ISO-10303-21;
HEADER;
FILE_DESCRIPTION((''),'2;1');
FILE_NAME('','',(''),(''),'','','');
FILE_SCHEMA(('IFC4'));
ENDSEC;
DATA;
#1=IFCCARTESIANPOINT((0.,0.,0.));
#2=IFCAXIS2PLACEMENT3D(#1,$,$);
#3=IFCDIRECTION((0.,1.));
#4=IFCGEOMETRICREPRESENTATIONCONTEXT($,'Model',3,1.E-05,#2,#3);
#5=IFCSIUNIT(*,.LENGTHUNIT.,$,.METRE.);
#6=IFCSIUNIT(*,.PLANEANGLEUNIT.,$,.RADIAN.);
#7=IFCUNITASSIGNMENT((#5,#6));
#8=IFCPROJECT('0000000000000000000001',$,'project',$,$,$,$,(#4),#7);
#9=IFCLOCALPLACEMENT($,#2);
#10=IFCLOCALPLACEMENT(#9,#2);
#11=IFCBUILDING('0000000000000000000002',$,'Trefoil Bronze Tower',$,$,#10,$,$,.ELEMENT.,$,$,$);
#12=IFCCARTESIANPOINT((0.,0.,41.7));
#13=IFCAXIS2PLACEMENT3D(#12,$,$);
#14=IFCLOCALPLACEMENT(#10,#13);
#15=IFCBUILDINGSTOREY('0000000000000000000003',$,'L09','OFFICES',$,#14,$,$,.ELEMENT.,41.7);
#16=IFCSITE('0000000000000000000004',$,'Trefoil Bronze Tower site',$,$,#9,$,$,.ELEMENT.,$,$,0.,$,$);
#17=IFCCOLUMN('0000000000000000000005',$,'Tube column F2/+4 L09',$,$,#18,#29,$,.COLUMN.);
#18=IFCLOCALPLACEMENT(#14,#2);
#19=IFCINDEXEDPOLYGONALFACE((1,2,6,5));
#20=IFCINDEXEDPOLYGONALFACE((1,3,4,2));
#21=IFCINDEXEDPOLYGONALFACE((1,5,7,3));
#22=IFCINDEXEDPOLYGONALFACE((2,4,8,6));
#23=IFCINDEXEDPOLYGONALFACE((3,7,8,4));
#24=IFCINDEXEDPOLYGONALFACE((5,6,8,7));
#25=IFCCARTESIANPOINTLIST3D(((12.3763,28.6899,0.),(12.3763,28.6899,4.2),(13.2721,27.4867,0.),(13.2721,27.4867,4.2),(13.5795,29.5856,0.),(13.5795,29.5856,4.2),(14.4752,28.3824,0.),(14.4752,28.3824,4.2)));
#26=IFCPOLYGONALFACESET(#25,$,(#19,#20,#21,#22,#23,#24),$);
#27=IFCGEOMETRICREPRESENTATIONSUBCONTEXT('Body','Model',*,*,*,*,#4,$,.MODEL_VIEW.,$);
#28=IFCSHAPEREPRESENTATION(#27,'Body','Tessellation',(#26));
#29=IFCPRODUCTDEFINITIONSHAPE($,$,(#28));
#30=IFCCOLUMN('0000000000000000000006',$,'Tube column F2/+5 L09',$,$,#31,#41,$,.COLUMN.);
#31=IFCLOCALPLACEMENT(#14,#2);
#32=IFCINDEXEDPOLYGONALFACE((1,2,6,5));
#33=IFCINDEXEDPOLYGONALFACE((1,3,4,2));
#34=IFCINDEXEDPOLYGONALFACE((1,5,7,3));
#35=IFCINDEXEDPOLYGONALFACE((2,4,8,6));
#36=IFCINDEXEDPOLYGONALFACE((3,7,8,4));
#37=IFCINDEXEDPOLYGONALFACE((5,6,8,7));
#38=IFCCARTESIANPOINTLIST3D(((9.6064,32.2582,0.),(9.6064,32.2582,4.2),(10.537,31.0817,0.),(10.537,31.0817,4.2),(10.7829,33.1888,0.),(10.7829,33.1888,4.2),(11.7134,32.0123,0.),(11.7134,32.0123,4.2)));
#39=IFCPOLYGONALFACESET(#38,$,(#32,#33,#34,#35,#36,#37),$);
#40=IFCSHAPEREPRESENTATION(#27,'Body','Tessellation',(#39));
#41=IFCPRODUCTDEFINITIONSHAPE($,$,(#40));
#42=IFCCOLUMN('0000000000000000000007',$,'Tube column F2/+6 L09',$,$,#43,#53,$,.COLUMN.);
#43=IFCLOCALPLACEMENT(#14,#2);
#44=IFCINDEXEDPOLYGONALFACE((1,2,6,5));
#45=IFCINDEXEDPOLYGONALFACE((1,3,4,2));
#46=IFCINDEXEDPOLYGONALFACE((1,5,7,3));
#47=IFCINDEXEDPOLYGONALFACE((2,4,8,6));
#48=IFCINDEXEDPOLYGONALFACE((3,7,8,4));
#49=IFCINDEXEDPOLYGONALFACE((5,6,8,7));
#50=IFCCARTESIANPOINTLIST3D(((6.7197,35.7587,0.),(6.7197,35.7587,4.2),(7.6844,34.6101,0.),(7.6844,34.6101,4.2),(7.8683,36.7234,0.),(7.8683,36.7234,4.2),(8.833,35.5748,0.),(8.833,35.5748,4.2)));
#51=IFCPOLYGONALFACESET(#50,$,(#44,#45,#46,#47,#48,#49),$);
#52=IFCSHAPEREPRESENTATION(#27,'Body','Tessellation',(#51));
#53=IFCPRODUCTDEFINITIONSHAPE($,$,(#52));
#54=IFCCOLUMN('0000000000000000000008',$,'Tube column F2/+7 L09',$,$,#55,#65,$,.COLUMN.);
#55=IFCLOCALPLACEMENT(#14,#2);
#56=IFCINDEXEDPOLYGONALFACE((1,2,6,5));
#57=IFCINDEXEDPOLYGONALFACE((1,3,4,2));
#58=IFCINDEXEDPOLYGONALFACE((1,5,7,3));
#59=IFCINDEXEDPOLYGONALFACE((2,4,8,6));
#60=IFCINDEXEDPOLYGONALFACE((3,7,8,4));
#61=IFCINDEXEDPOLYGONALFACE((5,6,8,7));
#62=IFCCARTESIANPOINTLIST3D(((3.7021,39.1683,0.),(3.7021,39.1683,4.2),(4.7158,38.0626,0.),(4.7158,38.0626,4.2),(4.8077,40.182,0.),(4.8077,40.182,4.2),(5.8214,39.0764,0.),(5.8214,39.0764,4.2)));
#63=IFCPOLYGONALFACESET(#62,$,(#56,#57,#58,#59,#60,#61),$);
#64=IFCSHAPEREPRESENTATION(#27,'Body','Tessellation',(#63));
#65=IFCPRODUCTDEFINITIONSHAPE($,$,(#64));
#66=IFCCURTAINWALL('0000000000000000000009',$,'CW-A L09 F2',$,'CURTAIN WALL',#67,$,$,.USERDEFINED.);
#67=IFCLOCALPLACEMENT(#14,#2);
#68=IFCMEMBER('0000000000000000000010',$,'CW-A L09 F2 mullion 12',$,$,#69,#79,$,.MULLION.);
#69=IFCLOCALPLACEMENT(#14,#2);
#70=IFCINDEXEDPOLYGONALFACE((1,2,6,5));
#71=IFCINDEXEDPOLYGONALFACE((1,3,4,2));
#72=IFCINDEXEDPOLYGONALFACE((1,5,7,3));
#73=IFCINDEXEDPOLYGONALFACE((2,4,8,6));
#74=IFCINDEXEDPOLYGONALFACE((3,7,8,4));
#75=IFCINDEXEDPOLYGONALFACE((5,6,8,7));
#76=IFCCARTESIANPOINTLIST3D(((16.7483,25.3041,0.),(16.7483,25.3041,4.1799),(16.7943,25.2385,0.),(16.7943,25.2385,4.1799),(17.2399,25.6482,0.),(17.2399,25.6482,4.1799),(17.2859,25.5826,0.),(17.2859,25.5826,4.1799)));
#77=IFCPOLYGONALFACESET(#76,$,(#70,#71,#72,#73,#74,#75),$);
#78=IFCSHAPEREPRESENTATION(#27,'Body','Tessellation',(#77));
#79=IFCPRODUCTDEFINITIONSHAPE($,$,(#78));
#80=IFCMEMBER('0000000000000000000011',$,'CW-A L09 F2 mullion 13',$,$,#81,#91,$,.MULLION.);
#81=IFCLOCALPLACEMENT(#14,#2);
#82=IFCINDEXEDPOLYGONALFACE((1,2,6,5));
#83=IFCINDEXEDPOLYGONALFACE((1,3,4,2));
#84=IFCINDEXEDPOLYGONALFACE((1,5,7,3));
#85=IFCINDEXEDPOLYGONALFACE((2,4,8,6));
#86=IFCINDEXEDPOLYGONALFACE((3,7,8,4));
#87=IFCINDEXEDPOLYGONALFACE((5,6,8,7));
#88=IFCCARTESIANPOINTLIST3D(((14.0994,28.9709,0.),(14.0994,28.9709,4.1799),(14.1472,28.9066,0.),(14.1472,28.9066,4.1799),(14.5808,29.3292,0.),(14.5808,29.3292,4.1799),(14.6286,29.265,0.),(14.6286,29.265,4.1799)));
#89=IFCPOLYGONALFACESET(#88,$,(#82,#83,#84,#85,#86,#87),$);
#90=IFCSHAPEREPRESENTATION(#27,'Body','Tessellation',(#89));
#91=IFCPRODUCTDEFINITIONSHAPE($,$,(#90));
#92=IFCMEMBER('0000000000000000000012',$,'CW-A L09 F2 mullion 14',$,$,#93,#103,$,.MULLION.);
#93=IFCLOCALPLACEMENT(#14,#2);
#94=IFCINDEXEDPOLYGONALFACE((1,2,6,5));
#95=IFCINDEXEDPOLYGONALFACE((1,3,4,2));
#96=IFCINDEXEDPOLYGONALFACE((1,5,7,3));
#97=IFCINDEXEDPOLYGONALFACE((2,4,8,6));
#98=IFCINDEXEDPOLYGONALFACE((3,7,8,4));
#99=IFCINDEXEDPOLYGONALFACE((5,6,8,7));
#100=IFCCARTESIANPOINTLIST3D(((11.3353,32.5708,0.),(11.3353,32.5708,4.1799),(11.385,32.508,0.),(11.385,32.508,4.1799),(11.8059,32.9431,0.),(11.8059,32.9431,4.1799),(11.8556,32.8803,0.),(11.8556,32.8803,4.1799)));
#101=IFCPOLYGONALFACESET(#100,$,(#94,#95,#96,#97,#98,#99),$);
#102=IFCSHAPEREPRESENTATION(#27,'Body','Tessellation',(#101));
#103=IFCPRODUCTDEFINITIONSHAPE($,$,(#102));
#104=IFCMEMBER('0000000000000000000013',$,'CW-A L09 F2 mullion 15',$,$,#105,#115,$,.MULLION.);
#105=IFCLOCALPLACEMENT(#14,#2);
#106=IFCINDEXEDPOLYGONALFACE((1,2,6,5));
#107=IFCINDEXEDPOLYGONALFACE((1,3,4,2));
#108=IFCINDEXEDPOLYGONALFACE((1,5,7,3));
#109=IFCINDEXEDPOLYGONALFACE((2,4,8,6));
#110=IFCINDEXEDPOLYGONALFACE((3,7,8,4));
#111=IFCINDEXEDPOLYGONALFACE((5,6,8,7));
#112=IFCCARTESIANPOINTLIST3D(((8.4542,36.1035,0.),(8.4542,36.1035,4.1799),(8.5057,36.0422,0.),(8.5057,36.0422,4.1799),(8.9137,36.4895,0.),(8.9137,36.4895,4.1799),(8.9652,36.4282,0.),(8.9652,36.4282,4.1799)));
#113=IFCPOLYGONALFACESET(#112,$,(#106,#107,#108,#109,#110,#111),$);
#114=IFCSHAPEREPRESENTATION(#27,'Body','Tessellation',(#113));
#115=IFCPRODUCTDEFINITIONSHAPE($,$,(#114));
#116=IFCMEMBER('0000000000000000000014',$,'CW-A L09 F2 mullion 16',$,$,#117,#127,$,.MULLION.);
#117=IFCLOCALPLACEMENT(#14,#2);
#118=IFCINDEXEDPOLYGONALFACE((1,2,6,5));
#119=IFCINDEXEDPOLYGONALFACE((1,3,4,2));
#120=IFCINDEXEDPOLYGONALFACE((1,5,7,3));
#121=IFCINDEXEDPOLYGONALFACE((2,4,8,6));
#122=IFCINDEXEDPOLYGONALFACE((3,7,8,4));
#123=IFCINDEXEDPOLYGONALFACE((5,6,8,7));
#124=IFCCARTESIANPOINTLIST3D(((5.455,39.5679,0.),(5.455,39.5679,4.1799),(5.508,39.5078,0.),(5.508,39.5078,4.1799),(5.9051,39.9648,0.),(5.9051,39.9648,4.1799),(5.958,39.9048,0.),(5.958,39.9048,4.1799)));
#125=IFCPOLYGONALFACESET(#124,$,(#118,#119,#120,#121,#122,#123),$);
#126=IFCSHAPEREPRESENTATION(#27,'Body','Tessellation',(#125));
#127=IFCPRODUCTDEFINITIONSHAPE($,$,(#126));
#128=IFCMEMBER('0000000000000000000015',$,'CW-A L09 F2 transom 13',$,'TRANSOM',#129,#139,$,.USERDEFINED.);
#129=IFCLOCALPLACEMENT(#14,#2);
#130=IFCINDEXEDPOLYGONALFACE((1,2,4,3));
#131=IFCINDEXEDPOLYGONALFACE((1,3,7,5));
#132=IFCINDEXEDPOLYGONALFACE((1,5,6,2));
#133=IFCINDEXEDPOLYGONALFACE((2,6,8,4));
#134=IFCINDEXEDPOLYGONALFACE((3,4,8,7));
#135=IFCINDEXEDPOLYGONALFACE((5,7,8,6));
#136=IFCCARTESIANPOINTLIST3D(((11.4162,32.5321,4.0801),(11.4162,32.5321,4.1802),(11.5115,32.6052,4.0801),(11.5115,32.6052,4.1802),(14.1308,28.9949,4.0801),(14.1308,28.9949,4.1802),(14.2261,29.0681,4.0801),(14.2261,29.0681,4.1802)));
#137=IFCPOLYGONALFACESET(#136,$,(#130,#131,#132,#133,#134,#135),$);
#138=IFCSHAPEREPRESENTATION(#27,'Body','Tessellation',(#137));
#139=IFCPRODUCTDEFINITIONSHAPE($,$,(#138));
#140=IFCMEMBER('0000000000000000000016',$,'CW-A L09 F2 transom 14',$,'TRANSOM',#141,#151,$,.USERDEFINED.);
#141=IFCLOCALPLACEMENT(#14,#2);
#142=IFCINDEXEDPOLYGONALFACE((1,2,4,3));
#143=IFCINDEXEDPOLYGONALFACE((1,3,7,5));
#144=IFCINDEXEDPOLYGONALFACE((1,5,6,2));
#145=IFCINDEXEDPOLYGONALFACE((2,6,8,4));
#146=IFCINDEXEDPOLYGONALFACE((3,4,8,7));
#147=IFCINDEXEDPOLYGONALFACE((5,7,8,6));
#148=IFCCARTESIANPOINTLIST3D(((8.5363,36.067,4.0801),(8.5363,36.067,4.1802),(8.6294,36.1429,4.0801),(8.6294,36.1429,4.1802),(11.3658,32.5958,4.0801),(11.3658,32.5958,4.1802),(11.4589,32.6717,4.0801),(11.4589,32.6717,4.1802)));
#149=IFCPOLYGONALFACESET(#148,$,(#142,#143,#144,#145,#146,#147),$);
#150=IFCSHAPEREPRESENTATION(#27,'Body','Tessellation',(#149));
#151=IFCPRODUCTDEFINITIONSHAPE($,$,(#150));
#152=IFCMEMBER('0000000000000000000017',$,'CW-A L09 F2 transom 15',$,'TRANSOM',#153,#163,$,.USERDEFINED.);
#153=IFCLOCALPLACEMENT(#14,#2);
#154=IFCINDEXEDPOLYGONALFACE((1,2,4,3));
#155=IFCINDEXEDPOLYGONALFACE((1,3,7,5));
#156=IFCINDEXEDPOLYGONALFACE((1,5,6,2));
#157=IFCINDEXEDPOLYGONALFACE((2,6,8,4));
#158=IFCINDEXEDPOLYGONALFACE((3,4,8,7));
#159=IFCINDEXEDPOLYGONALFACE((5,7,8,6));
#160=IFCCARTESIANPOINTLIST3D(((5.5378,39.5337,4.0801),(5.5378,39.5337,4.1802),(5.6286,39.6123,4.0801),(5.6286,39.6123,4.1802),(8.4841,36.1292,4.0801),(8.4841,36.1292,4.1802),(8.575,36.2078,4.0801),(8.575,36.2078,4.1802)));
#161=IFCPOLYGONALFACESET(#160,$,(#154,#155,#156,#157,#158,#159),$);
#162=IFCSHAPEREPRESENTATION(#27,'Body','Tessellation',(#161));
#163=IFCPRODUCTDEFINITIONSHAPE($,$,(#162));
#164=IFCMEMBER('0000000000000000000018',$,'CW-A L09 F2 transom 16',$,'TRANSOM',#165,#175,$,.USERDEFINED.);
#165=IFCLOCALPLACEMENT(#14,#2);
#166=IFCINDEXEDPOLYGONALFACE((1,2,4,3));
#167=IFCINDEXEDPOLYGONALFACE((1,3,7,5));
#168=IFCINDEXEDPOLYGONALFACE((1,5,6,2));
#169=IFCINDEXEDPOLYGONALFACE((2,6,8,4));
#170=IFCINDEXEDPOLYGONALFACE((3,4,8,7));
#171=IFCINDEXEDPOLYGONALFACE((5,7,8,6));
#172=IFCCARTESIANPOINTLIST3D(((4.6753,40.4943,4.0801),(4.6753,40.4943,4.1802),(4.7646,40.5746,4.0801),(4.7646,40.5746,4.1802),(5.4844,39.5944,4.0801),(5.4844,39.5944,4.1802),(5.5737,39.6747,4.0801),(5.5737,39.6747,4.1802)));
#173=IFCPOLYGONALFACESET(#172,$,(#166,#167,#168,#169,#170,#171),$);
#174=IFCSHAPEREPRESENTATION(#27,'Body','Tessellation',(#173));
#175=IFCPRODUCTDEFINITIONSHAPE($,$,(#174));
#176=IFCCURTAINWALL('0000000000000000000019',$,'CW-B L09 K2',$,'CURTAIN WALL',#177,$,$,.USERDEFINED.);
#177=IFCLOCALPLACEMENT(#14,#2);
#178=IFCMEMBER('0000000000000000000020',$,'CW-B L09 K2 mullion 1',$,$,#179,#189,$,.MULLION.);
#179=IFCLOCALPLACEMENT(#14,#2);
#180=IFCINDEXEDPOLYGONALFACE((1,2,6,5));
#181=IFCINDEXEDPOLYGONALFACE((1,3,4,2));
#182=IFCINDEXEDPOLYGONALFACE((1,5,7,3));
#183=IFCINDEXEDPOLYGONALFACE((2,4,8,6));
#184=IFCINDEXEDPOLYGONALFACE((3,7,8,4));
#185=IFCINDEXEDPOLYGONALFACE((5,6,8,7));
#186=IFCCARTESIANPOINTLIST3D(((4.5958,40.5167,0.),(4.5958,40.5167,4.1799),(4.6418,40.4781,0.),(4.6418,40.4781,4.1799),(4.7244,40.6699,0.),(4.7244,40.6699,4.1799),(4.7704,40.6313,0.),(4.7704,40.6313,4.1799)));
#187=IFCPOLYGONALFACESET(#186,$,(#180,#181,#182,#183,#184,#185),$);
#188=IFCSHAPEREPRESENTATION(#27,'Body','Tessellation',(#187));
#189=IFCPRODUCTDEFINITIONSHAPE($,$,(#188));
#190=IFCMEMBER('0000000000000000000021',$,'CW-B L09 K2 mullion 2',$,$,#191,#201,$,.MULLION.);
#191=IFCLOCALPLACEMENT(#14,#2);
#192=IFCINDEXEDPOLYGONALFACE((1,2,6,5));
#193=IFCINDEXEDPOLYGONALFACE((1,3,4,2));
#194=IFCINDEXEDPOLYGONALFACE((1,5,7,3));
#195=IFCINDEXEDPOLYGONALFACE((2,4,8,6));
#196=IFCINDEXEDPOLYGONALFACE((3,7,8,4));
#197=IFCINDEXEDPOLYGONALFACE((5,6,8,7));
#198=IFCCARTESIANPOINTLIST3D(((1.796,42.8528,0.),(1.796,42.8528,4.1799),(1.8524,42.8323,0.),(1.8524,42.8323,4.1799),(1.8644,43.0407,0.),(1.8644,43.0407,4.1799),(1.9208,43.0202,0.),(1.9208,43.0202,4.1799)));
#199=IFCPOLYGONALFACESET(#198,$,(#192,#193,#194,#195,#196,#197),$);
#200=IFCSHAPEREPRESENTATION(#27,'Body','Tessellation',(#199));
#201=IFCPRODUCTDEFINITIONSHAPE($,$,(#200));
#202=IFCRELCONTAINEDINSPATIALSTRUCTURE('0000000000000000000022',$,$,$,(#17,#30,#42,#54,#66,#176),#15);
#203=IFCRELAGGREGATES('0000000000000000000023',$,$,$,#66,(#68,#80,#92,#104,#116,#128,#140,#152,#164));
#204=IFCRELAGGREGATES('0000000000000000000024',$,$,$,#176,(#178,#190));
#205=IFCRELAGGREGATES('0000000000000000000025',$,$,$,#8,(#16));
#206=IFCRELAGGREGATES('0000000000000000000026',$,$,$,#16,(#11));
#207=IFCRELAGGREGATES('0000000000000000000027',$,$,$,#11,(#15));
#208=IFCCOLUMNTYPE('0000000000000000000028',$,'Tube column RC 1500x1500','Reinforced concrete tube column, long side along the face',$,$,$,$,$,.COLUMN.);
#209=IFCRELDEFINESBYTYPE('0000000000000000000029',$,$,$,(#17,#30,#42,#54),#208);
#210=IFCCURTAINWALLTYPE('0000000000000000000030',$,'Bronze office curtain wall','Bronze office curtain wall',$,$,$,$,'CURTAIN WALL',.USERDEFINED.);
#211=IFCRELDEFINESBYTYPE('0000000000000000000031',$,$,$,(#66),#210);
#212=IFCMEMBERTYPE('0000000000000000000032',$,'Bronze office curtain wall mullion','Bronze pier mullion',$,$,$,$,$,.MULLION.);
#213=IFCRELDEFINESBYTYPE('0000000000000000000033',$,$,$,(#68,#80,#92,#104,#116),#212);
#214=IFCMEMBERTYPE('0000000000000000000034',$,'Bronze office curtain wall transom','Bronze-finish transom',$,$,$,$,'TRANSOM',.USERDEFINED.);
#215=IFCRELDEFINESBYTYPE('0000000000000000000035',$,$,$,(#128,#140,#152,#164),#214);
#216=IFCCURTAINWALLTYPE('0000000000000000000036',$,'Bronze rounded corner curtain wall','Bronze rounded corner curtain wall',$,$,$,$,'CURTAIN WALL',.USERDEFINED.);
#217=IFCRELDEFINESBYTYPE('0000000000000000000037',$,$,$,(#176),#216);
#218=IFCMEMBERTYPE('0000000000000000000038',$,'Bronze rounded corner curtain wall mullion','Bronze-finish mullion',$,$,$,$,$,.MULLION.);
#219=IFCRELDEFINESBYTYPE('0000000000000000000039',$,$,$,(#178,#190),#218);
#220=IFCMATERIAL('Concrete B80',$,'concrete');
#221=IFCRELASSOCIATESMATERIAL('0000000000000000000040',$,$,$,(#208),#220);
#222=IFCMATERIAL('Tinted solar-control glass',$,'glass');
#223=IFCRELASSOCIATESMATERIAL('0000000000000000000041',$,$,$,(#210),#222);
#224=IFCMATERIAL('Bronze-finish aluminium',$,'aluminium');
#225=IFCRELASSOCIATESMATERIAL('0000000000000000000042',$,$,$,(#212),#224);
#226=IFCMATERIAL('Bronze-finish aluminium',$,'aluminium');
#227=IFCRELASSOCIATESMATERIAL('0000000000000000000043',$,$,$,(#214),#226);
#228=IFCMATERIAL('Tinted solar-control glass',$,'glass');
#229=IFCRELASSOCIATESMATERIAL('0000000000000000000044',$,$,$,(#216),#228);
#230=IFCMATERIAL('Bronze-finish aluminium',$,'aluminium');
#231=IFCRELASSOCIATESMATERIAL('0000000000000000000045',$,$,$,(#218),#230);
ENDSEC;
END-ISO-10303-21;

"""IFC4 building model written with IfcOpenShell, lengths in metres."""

from ifc_helpers import new_model, si_unit, direction, frame, origin, origin_2d, place, context, subcontext, project, spatial, rectangle, extrude, material, material_profile, profile_set, type_object, element, aggregate, save


model = new_model("IFC4")

# Units and contexts
model_context = context("Model", 3, precision=1e-05, world=origin(), true_north=direction((0.0, 1.0)))
body_context = subcontext(model_context, "Body", "Model", "MODEL_VIEW")
ifc_project = project(units=[si_unit("LENGTHUNIT", "METRE"), si_unit("PLANEANGLEUNIT", "RADIAN")], contexts=[model_context])

# Site, building, storey
site_placement = place(None, origin())
site = spatial("IfcSite", under=ifc_project, at=site_placement, Name="Trefoil Bronze Tower site", CompositionType="ELEMENT", RefElevation=0.0)
building_placement = place(site_placement, origin())
building = spatial("IfcBuilding", under=site, at=building_placement, Name="Trefoil Bronze Tower", CompositionType="ELEMENT")
storey_placement = place(building_placement, frame((0.0, 0.0, 41.7)))
storey = spatial("IfcBuildingStorey", under=building, at=storey_placement, Name="L09", Description="OFFICES", CompositionType="ELEMENT", Elevation=41.7)

# Columns
ifc_material_1 = material(Name="Concrete B80", Category="concrete")
ifc_material_profile_1 = material_profile(ifc_material_1, rectangle(XDim=1.5, YDim=1.5, at=origin_2d()), Name="RC 1500x1500")
ifc_profile_set_1 = profile_set([ifc_material_profile_1], Name="Concrete B80")
column_type = type_object("IfcColumnType", Name="Tube column RC 1500x1500", Description="Reinforced concrete tube column, long side along the face", PredefinedType="COLUMN", material=ifc_profile_set_1)
for number, where, z_axis, x_axis, name in (
    (1, (13.4258, 28.5361, 0.0), (0.0, 0.0, 1.0), (-0.597154, 0.802127, 0.0), "Tube column F2/+4 L09"),
    (2, (10.6599, 32.1353, 0.0), (0.0, 0.0, 1.0), (-0.620376, 0.784305, 0.0), "Tube column F2/+5 L09"),
    (3, (7.7764, 35.6667, 0.0), (0.0, 0.0, 1.0), (-0.643163, 0.765729, 0.0), "Tube column F2/+6 L09"),
    (4, (4.7617, 39.1223, 0.0), (0.0, 0.0, 1.0), (-0.675816, 0.73707, 0.0), "Tube column F2/+7 L09"),
):
    element("IfcColumn", number, at=place(storey_placement, frame(where, z_axis=z_axis, x_axis=x_axis)), inside=storey, type_object=column_type, Name=name, PredefinedType="COLUMN", context=body_context, shape_type="SweptSolid", body=[
        extrude(rectangle(XDim=1.5, YDim=1.5, at=origin_2d()), origin(), (0.0, 0.0, 1.0), 4.2),
    ])

# Curtain walls, members
ifc_material_2 = material(Name="Tinted solar-control glass", Category="glass")
curtain_wall_type_1 = type_object("IfcCurtainWallType", Name="Bronze office curtain wall", Description="Bronze office curtain wall", ElementType="CURTAIN WALL", PredefinedType="USERDEFINED", material=ifc_material_2)
curtain_wall_1_placement = place(storey_placement, origin())
curtain_wall_1 = element("IfcCurtainWall", 5, at=curtain_wall_1_placement, inside=storey, type_object=curtain_wall_type_1, Name="CW-A L09 F2", ObjectType="CURTAIN WALL", PredefinedType="USERDEFINED")
ifc_material_3 = material(Name="Bronze-finish aluminium", Category="aluminium")
ifc_material_profile_2 = material_profile(ifc_material_3, rectangle(XDim=0.6001, YDim=0.0801, at=origin_2d()), Name="CW-A mullion")
ifc_profile_set_2 = profile_set([ifc_material_profile_2], Name="Bronze-finish aluminium")
member_type_1 = type_object("IfcMemberType", Name="Bronze office curtain wall mullion", Description="Bronze pier mullion", PredefinedType="MULLION", material=ifc_profile_set_2)
member_1_placement = place(storey_placement, frame((17.0171, 25.4434, 0.0), z_axis=(0.0, 0.0, 1.0), x_axis=(-0.819204, -0.573502, 0.0)))
member_1 = element("IfcMember", 6, at=member_1_placement, type_object=member_type_1, Name="CW-A L09 F2 mullion 12", PredefinedType="MULLION", context=body_context, shape_type="SweptSolid", body=[
    extrude(rectangle(XDim=0.6001, YDim=0.0801, at=origin_2d()), origin(), (0.0, 0.0, 1.0), 4.1799),
])
member_2_placement = place(storey_placement, frame((14.364, 29.1179, 0.0), z_axis=(0.0, 0.0, 1.0), x_axis=(-0.802127, -0.597154, 0.0)))
member_2 = element("IfcMember", 7, at=member_2_placement, type_object=member_type_1, Name="CW-A L09 F2 mullion 13", PredefinedType="MULLION", context=body_context, shape_type="SweptSolid", body=[
    extrude(rectangle(XDim=0.6001, YDim=0.0801, at=origin_2d()), origin(), (0.0, 0.0, 1.0), 4.1799),
])
member_3_placement = place(storey_placement, frame((11.5955, 32.7256, 0.0), z_axis=(0.0, 0.0, 1.0), x_axis=(-0.784305, -0.620376, 0.0)))
member_3 = element("IfcMember", 8, at=member_3_placement, type_object=member_type_1, Name="CW-A L09 F2 mullion 14", PredefinedType="MULLION", context=body_context, shape_type="SweptSolid", body=[
    extrude(rectangle(XDim=0.6001, YDim=0.0801, at=origin_2d()), origin(), (0.0, 0.0, 1.0), 4.1799),
])
member_4_placement = place(storey_placement, frame((8.7097, 36.2659, 0.0), z_axis=(0.0, 0.0, 1.0), x_axis=(-0.765729, -0.643163, 0.0)))
member_4 = element("IfcMember", 9, at=member_4_placement, type_object=member_type_1, Name="CW-A L09 F2 mullion 15", PredefinedType="MULLION", context=body_context, shape_type="SweptSolid", body=[
    extrude(rectangle(XDim=0.6001, YDim=0.0801, at=origin_2d()), origin(), (0.0, 0.0, 1.0), 4.1799),
])
member_5_placement = place(storey_placement, frame((5.7065, 39.7363, 0.0), z_axis=(0.0, 0.0, 1.0), x_axis=(-0.749941, -0.661505, 0.0)))
member_5 = element("IfcMember", 10, at=member_5_placement, type_object=member_type_1, Name="CW-A L09 F2 mullion 16", PredefinedType="MULLION", context=body_context, shape_type="SweptSolid", body=[
    extrude(rectangle(XDim=0.6001, YDim=0.0801, at=origin_2d()), origin(), (0.0, 0.0, 1.0), 4.1799),
])
ifc_material_4 = material(Name="Bronze-finish aluminium", Category="aluminium")
ifc_material_profile_3 = material_profile(ifc_material_4, rectangle(XDim=0.1201, YDim=0.1001, at=origin_2d()), Name="CW-A transom")
ifc_profile_set_3 = profile_set([ifc_material_profile_3], Name="Bronze-finish aluminium")
member_type_2 = type_object("IfcMemberType", Name="Bronze office curtain wall transom", Description="Bronze-finish transom", ElementType="TRANSOM", PredefinedType="USERDEFINED", material=ifc_profile_set_3)
member_6_placement = place(storey_placement, frame((14.1785, 29.0315, 4.1301), z_axis=(-0.608829, 0.793301, 0.0), x_axis=(-0.793301, -0.608829, 0.0)))
member_6 = element("IfcMember", 11, at=member_6_placement, type_object=member_type_2, Name="CW-A L09 F2 transom 13", ObjectType="TRANSOM", PredefinedType="USERDEFINED", context=body_context, shape_type="SweptSolid", body=[
    extrude(rectangle(XDim=0.1201, YDim=0.1001, at=origin_2d()), origin(), (0.0, 0.0, 1.0), 4.4587),
])
member_7_placement = place(storey_placement, frame((11.4124, 32.6338, 4.1301), z_axis=(-0.631836, 0.775102, 0.0), x_axis=(-0.775102, -0.631836, 0.0)))
member_7 = element("IfcMember", 12, at=member_7_placement, type_object=member_type_2, Name="CW-A L09 F2 transom 14", ObjectType="TRANSOM", PredefinedType="USERDEFINED", context=body_context, shape_type="SweptSolid", body=[
    extrude(rectangle(XDim=0.1201, YDim=0.1001, at=origin_2d()), origin(), (0.0, 0.0, 1.0), 4.4783),
])
member_8_placement = place(storey_placement, frame((8.5295, 36.1685, 4.1301), z_axis=(-0.654383, 0.756163, 0.0), x_axis=(-0.756163, -0.654383, 0.0)))
member_8 = element("IfcMember", 13, at=member_8_placement, type_object=member_type_2, Name="CW-A L09 F2 transom 15", ObjectType="TRANSOM", PredefinedType="USERDEFINED", context=body_context, shape_type="SweptSolid", body=[
    extrude(rectangle(XDim=0.1201, YDim=0.1001, at=origin_2d()), origin(), (0.0, 0.0, 1.0), 4.5024),
])
member_9_placement = place(storey_placement, frame((5.5291, 39.6345, 4.1301), z_axis=(-0.668586, 0.743635, 0.0), x_axis=(-0.743635, -0.668586, 0.0)))
member_9 = element("IfcMember", 14, at=member_9_placement, type_object=member_type_2, Name="CW-A L09 F2 transom 16", ObjectType="TRANSOM", PredefinedType="USERDEFINED", context=body_context, shape_type="SweptSolid", body=[
    extrude(rectangle(XDim=0.1201, YDim=0.1001, at=origin_2d()), origin(), (0.0, 0.0, 1.0), 1.2102),
])
ifc_material_5 = material(Name="Tinted solar-control glass", Category="glass")
curtain_wall_type_2 = type_object("IfcCurtainWallType", Name="Bronze rounded corner curtain wall", Description="Bronze rounded corner curtain wall", ElementType="CURTAIN WALL", PredefinedType="USERDEFINED", material=ifc_material_5)
curtain_wall_2_placement = place(storey_placement, origin())
curtain_wall_2 = element("IfcCurtainWall", 15, at=curtain_wall_2_placement, inside=storey, type_object=curtain_wall_type_2, Name="CW-B L09 K2", ObjectType="CURTAIN WALL", PredefinedType="USERDEFINED")
ifc_material_6 = material(Name="Bronze-finish aluminium", Category="aluminium")
ifc_material_profile_4 = material_profile(ifc_material_6, rectangle(XDim=0.2, YDim=0.0601, at=origin_2d()), Name="CW-B mullion")
ifc_profile_set_4 = profile_set([ifc_material_profile_4], Name="Bronze-finish aluminium")
member_type_3 = type_object("IfcMemberType", Name="Bronze rounded corner curtain wall mullion", Description="Bronze-finish mullion", PredefinedType="MULLION", material=ifc_profile_set_4)
member_10_placement = place(storey_placement, frame((4.6831, 40.574, 0.0), z_axis=(0.0, 0.0, 1.0), x_axis=(-0.642788, -0.766044, 0.0)))
member_10 = element("IfcMember", 16, at=member_10_placement, type_object=member_type_3, Name="CW-B L09 K2 mullion 1", PredefinedType="MULLION", context=body_context, shape_type="SweptSolid", body=[
    extrude(rectangle(XDim=0.2, YDim=0.0601, at=origin_2d()), origin(), (0.0, 0.0, 1.0), 4.1799),
])
member_11_placement = place(storey_placement, frame((1.8584, 42.9365, 0.0), z_axis=(0.0, 0.0, 1.0), x_axis=(-0.34202, -0.939693, 0.0)))
member_11 = element("IfcMember", 17, at=member_11_placement, type_object=member_type_3, Name="CW-B L09 K2 mullion 2", PredefinedType="MULLION", context=body_context, shape_type="SweptSolid", body=[
    extrude(rectangle(XDim=0.2, YDim=0.0601, at=origin_2d()), origin(), (0.0, 0.0, 1.0), 4.1799),
])

aggregate(curtain_wall_1, [member_1, member_2, member_3, member_4, member_5, member_6, member_7, member_8, member_9])
aggregate(curtain_wall_2, [member_10, member_11])

save(model, "model.ifc")
